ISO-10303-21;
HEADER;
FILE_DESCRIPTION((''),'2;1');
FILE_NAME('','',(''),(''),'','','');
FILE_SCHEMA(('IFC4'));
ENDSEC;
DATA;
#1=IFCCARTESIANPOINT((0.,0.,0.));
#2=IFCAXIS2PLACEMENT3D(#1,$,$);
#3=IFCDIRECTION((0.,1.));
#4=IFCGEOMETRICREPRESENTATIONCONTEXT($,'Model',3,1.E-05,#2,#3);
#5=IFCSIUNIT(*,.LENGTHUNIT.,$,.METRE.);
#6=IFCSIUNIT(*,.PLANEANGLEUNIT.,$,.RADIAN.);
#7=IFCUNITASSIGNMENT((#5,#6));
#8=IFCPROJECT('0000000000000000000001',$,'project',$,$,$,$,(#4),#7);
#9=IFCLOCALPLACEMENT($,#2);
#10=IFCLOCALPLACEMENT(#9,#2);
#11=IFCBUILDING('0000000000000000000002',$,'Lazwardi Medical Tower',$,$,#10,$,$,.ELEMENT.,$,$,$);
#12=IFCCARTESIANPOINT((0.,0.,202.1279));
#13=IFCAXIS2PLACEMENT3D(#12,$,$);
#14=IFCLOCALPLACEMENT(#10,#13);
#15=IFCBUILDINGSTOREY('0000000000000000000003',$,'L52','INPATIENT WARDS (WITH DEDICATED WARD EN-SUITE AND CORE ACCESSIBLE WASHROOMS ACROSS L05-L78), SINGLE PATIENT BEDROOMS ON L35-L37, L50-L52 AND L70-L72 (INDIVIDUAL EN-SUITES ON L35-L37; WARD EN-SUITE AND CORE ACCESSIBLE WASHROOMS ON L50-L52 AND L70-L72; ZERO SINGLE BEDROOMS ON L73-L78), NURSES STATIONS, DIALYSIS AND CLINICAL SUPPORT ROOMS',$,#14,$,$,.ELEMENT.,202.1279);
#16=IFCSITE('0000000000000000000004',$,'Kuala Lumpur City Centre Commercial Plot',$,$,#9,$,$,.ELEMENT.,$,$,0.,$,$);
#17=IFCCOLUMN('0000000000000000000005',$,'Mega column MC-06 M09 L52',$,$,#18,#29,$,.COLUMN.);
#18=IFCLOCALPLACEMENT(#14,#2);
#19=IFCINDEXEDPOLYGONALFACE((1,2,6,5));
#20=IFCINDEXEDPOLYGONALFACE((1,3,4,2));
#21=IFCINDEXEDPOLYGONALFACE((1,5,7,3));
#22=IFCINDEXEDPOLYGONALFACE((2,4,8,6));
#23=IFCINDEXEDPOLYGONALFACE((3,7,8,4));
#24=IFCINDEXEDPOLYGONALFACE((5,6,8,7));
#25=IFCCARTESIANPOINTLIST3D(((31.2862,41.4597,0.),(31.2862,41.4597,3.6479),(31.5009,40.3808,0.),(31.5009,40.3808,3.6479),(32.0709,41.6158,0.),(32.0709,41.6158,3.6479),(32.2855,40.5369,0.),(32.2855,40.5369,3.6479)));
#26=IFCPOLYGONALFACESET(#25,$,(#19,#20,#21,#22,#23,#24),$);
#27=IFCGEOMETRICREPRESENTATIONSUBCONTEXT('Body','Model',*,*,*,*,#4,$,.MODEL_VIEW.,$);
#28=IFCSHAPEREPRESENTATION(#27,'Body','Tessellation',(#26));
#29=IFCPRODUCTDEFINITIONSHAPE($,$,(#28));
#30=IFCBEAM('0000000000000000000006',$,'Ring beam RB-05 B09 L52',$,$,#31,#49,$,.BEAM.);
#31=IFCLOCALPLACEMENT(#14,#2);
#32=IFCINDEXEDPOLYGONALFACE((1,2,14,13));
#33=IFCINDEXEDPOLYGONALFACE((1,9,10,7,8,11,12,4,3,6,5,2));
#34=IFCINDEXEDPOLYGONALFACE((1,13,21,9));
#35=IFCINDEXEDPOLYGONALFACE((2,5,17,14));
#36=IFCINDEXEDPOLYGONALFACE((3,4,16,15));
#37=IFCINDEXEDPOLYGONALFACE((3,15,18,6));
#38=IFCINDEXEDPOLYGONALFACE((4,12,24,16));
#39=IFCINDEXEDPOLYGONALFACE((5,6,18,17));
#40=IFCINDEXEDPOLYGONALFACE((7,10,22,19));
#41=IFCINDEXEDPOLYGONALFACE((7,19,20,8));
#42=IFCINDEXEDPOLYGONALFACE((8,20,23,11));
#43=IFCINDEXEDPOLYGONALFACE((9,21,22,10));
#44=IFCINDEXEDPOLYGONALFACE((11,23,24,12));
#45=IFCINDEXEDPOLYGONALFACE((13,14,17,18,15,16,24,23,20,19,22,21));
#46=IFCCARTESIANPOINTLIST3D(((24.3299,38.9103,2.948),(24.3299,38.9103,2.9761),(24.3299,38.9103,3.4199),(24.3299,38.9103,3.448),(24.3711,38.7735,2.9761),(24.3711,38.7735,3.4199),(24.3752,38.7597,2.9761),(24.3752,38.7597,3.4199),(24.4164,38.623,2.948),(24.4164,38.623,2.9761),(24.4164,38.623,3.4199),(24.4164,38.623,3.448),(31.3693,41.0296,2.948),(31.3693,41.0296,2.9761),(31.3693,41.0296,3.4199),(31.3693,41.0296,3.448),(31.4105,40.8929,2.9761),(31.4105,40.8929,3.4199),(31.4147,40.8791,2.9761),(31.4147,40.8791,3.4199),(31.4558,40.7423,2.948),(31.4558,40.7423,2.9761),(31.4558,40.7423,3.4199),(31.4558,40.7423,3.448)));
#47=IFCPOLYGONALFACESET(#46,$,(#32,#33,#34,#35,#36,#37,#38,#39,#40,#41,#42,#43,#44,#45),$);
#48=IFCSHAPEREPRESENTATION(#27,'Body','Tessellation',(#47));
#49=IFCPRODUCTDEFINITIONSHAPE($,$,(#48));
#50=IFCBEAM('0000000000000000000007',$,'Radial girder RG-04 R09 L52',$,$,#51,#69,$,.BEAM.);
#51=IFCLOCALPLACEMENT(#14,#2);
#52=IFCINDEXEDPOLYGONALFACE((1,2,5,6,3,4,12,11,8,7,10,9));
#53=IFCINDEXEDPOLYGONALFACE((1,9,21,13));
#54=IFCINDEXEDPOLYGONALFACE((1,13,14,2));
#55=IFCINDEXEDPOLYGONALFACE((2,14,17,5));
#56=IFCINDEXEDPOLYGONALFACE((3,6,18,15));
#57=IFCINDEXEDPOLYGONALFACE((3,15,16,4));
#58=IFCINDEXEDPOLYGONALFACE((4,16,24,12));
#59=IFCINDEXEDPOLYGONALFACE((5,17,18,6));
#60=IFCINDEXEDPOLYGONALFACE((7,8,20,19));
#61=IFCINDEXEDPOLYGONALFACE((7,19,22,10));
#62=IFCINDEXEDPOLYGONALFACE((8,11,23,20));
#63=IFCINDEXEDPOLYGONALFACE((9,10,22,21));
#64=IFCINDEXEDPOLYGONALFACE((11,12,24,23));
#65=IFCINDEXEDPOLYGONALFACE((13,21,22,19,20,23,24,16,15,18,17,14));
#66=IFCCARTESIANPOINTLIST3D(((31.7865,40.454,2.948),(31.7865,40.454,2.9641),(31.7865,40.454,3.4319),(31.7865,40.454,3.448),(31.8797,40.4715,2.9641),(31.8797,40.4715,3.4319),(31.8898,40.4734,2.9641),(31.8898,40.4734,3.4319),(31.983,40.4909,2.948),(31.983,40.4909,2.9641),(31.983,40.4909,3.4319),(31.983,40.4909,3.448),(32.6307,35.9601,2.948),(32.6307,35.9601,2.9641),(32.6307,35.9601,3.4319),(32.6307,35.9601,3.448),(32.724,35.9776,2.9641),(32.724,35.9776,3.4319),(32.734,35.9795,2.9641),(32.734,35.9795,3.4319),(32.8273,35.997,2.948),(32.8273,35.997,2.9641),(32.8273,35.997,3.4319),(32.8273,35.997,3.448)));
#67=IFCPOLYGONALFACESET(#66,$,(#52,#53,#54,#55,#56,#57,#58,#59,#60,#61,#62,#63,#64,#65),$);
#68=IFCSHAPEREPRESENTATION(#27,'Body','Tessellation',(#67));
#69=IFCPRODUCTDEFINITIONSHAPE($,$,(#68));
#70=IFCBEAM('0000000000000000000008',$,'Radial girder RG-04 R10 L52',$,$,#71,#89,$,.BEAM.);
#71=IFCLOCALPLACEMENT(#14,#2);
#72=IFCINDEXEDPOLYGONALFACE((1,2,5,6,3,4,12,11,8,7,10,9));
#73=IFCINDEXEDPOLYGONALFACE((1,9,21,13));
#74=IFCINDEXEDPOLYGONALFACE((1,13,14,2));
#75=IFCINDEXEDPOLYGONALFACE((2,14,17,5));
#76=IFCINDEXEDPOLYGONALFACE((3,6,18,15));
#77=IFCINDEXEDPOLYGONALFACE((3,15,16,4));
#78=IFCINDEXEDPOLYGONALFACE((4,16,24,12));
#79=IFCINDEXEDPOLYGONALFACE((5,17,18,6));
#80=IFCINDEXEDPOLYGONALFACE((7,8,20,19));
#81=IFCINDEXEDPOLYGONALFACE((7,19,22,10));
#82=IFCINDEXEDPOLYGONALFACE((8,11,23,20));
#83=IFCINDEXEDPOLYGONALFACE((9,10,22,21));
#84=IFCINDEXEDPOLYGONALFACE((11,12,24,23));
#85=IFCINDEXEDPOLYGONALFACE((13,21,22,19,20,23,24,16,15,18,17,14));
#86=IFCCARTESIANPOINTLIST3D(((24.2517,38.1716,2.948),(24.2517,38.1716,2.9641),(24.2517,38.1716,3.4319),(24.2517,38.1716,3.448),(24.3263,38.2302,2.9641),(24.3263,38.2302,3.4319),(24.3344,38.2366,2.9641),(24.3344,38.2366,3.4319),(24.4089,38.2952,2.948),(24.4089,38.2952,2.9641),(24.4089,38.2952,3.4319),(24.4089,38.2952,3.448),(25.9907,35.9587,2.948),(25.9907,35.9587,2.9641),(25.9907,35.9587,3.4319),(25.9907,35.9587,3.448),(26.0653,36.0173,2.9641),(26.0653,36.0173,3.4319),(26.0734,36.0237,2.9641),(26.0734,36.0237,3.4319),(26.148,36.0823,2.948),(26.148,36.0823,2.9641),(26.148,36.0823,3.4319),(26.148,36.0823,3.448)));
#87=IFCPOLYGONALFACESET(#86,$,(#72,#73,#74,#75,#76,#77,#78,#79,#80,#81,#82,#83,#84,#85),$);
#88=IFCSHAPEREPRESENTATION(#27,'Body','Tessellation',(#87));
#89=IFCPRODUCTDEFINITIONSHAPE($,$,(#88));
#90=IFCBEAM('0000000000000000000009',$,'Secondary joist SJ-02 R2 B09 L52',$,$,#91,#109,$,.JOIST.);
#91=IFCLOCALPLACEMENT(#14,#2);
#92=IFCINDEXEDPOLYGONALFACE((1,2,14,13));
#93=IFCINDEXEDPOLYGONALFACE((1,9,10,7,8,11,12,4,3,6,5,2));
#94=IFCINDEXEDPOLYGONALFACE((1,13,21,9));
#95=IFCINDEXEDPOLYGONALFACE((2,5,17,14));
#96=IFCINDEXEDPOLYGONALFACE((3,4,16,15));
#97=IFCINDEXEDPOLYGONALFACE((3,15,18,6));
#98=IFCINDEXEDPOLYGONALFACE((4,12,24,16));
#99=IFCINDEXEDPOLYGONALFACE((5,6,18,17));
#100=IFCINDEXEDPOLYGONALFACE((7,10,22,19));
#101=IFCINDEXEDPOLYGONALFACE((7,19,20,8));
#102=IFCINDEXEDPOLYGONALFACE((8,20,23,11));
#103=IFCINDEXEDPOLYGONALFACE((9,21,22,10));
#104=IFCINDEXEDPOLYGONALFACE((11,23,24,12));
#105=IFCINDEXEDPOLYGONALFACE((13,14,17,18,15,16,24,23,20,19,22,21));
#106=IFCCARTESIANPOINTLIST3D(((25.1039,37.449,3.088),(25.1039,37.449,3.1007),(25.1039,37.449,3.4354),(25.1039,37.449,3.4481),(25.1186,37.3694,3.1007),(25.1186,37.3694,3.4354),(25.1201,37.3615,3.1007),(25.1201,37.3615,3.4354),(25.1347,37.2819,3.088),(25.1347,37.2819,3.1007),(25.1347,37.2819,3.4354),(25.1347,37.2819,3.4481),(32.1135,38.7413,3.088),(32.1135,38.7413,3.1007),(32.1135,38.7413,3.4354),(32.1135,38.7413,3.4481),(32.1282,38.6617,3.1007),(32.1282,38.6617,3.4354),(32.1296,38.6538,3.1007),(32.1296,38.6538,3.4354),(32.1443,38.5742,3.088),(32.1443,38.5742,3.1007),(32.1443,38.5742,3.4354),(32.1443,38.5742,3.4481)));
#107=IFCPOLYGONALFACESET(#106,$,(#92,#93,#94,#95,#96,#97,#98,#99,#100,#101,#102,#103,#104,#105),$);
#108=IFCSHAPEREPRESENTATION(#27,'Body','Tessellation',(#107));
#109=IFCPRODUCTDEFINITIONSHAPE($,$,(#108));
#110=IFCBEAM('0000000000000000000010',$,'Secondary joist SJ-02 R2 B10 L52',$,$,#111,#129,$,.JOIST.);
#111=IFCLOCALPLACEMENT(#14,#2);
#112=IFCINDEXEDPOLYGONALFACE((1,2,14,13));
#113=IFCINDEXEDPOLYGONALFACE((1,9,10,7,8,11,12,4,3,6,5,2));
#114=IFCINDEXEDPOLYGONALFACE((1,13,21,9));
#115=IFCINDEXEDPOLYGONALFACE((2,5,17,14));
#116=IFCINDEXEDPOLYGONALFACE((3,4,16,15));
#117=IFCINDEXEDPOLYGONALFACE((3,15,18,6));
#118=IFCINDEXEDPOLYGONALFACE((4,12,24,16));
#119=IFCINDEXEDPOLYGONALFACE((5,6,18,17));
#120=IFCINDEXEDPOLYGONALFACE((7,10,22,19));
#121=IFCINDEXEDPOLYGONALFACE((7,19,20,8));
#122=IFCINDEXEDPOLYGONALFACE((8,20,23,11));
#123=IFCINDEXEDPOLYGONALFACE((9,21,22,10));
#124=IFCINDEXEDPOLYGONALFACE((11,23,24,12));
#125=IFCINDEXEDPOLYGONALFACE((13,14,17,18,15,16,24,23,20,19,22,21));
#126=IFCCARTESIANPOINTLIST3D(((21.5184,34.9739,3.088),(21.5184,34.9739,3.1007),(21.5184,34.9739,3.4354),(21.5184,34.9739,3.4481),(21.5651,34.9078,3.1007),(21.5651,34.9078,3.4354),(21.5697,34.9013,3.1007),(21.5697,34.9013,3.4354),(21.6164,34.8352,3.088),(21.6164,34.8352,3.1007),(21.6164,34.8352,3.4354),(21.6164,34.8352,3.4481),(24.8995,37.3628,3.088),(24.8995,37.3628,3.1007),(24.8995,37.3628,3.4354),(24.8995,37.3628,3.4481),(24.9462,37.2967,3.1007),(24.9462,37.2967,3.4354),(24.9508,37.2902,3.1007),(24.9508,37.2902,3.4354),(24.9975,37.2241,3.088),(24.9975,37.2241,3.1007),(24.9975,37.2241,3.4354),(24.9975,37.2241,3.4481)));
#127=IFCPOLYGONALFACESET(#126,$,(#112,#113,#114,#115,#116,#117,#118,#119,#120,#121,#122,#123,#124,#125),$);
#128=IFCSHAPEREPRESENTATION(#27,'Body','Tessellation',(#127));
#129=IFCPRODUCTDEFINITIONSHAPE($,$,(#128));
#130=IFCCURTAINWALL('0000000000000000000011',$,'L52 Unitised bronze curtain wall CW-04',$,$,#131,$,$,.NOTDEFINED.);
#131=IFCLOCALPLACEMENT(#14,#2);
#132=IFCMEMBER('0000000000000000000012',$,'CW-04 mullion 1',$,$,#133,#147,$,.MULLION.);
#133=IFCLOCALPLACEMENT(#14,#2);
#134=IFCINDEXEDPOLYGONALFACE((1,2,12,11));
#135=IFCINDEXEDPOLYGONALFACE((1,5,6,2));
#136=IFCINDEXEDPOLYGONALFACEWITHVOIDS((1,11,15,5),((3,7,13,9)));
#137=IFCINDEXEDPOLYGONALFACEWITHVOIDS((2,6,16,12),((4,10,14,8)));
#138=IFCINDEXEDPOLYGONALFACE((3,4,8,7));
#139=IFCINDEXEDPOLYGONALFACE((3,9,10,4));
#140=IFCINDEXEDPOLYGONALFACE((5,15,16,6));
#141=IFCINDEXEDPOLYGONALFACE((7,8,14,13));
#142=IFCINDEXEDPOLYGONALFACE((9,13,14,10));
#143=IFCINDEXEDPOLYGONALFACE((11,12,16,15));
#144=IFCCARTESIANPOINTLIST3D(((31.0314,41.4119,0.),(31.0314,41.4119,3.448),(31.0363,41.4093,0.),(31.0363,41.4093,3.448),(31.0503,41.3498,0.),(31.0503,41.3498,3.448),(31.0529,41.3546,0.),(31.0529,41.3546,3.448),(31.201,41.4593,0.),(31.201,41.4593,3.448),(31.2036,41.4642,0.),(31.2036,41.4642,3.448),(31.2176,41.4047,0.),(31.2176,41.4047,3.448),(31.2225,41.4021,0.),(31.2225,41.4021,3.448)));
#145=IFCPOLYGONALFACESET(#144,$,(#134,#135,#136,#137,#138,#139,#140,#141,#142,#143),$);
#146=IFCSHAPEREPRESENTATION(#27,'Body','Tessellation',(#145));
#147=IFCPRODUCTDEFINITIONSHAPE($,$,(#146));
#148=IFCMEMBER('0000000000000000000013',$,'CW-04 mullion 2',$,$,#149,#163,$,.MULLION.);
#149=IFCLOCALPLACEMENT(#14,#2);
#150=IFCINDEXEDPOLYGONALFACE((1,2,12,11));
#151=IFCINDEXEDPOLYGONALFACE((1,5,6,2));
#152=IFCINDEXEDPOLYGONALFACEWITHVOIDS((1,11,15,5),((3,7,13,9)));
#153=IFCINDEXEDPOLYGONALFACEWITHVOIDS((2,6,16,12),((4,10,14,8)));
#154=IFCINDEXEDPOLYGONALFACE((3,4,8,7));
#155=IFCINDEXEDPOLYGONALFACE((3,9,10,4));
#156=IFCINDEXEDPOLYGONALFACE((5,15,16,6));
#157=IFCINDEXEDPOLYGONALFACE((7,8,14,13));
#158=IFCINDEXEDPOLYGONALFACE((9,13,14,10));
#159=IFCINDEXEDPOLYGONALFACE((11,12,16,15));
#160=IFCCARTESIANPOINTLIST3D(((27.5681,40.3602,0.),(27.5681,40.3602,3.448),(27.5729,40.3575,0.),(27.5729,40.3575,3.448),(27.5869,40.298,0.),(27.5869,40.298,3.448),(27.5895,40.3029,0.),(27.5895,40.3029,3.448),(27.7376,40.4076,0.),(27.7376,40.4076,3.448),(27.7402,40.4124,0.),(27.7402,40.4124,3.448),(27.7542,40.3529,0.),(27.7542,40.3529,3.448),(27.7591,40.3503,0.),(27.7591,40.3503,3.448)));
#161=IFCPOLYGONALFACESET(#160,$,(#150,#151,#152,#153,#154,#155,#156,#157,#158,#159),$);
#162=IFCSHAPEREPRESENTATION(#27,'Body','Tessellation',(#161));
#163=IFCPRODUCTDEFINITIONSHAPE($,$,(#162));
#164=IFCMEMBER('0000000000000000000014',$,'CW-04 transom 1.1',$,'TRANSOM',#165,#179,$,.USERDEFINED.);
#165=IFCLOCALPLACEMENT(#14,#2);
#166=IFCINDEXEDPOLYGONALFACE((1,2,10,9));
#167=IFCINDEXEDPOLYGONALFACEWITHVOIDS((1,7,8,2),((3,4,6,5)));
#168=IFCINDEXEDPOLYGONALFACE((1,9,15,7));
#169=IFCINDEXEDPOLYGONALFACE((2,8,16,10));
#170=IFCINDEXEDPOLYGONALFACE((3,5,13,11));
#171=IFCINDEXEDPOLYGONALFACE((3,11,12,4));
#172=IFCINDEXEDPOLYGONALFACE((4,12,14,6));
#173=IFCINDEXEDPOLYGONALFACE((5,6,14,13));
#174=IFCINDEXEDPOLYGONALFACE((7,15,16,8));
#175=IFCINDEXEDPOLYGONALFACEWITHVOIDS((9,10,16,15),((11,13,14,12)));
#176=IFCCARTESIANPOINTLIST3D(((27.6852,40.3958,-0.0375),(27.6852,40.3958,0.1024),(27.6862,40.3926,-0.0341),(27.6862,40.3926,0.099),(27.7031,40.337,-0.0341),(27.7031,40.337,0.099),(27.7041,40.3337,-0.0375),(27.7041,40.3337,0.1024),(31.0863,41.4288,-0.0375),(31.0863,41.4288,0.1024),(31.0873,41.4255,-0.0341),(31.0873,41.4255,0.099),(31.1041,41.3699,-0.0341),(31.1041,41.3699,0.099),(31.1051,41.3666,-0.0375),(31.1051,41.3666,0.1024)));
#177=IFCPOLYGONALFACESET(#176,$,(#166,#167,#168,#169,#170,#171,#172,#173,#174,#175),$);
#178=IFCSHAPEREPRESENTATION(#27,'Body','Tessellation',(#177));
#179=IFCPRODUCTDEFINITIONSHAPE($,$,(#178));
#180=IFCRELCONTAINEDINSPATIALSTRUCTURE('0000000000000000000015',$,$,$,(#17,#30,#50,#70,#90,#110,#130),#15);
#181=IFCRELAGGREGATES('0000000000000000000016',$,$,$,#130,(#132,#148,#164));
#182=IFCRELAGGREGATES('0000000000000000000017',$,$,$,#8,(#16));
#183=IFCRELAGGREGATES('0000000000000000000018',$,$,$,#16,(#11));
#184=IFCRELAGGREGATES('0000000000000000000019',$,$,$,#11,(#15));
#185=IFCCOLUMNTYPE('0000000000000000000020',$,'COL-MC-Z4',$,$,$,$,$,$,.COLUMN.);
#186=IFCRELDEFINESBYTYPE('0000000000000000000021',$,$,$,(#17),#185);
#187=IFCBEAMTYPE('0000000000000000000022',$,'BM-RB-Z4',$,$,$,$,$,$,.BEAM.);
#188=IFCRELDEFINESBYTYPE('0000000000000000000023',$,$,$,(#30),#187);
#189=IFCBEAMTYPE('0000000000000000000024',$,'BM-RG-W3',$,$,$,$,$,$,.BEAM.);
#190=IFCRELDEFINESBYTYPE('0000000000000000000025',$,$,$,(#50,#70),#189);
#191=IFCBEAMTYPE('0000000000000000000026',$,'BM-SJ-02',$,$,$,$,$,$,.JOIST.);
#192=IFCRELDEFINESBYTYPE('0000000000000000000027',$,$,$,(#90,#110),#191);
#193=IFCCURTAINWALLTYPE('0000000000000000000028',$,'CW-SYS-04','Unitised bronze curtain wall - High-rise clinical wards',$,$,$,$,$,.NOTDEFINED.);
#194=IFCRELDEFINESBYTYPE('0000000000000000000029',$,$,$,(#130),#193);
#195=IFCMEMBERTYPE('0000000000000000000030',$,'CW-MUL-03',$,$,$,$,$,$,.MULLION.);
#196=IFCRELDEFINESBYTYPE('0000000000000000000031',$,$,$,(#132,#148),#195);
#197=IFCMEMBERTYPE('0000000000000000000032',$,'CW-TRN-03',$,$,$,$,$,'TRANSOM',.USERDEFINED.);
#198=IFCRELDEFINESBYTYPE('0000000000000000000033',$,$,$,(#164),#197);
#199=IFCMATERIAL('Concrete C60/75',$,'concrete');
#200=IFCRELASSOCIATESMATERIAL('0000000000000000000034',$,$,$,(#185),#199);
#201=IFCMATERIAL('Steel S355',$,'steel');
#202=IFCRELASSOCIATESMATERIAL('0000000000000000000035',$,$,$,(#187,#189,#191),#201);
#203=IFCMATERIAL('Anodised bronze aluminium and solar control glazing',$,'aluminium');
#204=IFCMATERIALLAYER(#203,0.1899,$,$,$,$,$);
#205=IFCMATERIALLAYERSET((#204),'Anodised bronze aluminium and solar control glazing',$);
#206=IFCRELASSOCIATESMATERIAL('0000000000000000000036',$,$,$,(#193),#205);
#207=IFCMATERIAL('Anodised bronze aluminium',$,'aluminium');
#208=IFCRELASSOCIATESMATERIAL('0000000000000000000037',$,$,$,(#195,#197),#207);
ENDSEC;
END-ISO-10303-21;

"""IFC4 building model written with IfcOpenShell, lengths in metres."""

from ifc_helpers import new_model, si_unit, direction, frame, origin, origin_2d, place, context, subcontext, project, spatial, rectangle, hollow_rectangle, i_section, extrude, material, layer, layer_set, material_profile, profile_set, type_object, element, aggregate, save


model = new_model("IFC4")

# Units and contexts
model_context = context("Model", 3, precision=1e-05, world=origin(), true_north=direction((0.0, 1.0)))
body_context = subcontext(model_context, "Body", "Model", "MODEL_VIEW")
ifc_project = project(units=[si_unit("LENGTHUNIT", "METRE"), si_unit("PLANEANGLEUNIT", "RADIAN")], contexts=[model_context])

# Site, building, storey
site_placement = place(None, origin())
site = spatial("IfcSite", under=ifc_project, at=site_placement, Name="Kuala Lumpur City Centre Commercial Plot", CompositionType="ELEMENT", RefElevation=0.0)
building_placement = place(site_placement, origin())
building = spatial("IfcBuilding", under=site, at=building_placement, Name="Lazwardi Medical Tower", CompositionType="ELEMENT")
storey_placement = place(building_placement, frame((0.0, 0.0, 202.1279)))
storey = spatial("IfcBuildingStorey", under=building, at=storey_placement, Name="L52", Description="INPATIENT WARDS (WITH DEDICATED WARD EN-SUITE AND CORE ACCESSIBLE WASHROOMS ACROSS L05-L78), SINGLE PATIENT BEDROOMS ON L35-L37, L50-L52 AND L70-L72 (INDIVIDUAL EN-SUITES ON L35-L37; WARD EN-SUITE AND CORE ACCESSIBLE WASHROOMS ON L50-L52 AND L70-L72; ZERO SINGLE BEDROOMS ON L73-L78), NURSES STATIONS, DIALYSIS AND CLINICAL SUPPORT ROOMS", CompositionType="ELEMENT", Elevation=202.1279)

# Column
ifc_material_1 = material(Name="Concrete C60/75", Category="concrete")
ifc_material_profile_1 = material_profile(ifc_material_1, rectangle(XDim=1.1001, YDim=0.8, at=origin_2d()), Name="CFT-RECT 1100x800")
ifc_profile_set_1 = profile_set([ifc_material_profile_1], Name="Concrete C60/75")
column_type = type_object("IfcColumnType", Name="COL-MC-Z4", PredefinedType="COLUMN", material=ifc_profile_set_1)
column_placement = place(storey_placement, frame((31.7859, 40.9983, 0.0), z_axis=(0.0, 0.0, 1.0), x_axis=(-0.19509, 0.980785, 0.0)))
element("IfcColumn", 1, at=column_placement, inside=storey, type_object=column_type, Name="Mega column MC-06 M09 L52", PredefinedType="COLUMN", context=body_context, shape_type="SweptSolid", body=[
    extrude(rectangle(XDim=1.1001, YDim=0.8, at=origin_2d()), origin(), (0.0, 0.0, 1.0), 3.6479),
])

# Beams
ifc_material_2 = material(Name="Steel S355", Category="steel")
ifc_material_profile_2 = material_profile(ifc_material_2, i_section(OverallWidth=0.3, OverallDepth=0.5, WebThickness=0.0144, FlangeThickness=0.0281, at=origin_2d()), Name="HEB 500")
ifc_profile_set_2 = profile_set([ifc_material_profile_2], Name="Steel S355")
beam_type_1 = type_object("IfcBeamType", Name="BM-RB-Z4", PredefinedType="BEAM", material=ifc_profile_set_2)
beam_1_placement = place(storey_placement, frame((31.4126, 40.886, 3.198), z_axis=(-0.957544, -0.288286, 0.0), x_axis=(0.288286, -0.957544, 0.0)))
element("IfcBeam", 2, at=beam_1_placement, inside=storey, type_object=beam_type_1, Name="Ring beam RB-05 B09 L52", PredefinedType="BEAM", context=body_context, shape_type="SweptSolid", body=[
    extrude(i_section(OverallWidth=0.3, OverallDepth=0.5, WebThickness=0.0144, FlangeThickness=0.0281, at=origin_2d()), origin(), (0.0, 0.0, 1.0), 7.3516),
])
ifc_material_profile_3 = material_profile(ifc_material_2, i_section(OverallWidth=0.2, OverallDepth=0.5, WebThickness=0.0103, FlangeThickness=0.0161, at=origin_2d()), Name="IPE 500")
ifc_profile_set_3 = profile_set([ifc_material_profile_3], Name="Steel S355")
beam_type_2 = type_object("IfcBeamType", Name="BM-RG-W3", PredefinedType="BEAM", material=ifc_profile_set_3)
beam_2_placement = place(storey_placement, frame((31.8848, 40.4724, 3.198), z_axis=(0.184633, -0.982807, 0.0), x_axis=(0.982807, 0.184633, 0.0)))
element("IfcBeam", 3, at=beam_2_placement, inside=storey, type_object=beam_type_2, Name="Radial girder RG-04 R09 L52", PredefinedType="BEAM", context=body_context, shape_type="SweptSolid", body=[
    extrude(i_section(OverallWidth=0.2, OverallDepth=0.5, WebThickness=0.0103, FlangeThickness=0.0161, at=origin_2d()), origin(), (0.0, 0.0, 1.0), 4.5725),
])
beam_3_placement = place(storey_placement, frame((24.3303, 38.2334, 3.198), z_axis=(0.617891, -0.786264, 0.0), x_axis=(0.786264, 0.617891, 0.0)))
element("IfcBeam", 4, at=beam_3_placement, inside=storey, type_object=beam_type_2, Name="Radial girder RG-04 R10 L52", PredefinedType="BEAM", context=body_context, shape_type="SweptSolid", body=[
    extrude(i_section(OverallWidth=0.2, OverallDepth=0.5, WebThickness=0.0103, FlangeThickness=0.0161, at=origin_2d()), origin(), (0.0, 0.0, 1.0), 2.8145),
])
ifc_material_profile_4 = material_profile(ifc_material_2, i_section(OverallWidth=0.1699, OverallDepth=0.3601, WebThickness=0.0081, FlangeThickness=0.0127, at=origin_2d()), Name="IPE 360")
ifc_profile_set_4 = profile_set([ifc_material_profile_4], Name="Steel S355")
beam_type_3 = type_object("IfcBeamType", Name="BM-SJ-02", PredefinedType="JOIST", material=ifc_profile_set_4)
beam_4_placement = place(storey_placement, frame((32.1289, 38.6577, 3.2681), z_axis=(-0.983428, -0.181299, 0.0), x_axis=(0.181299, -0.983428, 0.0)))
element("IfcBeam", 5, at=beam_4_placement, inside=storey, type_object=beam_type_3, Name="Secondary joist SJ-02 R2 B09 L52", PredefinedType="JOIST", context=body_context, shape_type="SweptSolid", body=[
    extrude(i_section(OverallWidth=0.1699, OverallDepth=0.3601, WebThickness=0.0081, FlangeThickness=0.0127, at=origin_2d()), origin(), (0.0, 0.0, 1.0), 7.1277),
])
beam_5_placement = place(storey_placement, frame((24.9485, 37.2935, 3.2681), z_axis=(-0.816711, -0.577047, 0.0), x_axis=(0.577047, -0.816711, 0.0)))
element("IfcBeam", 6, at=beam_5_placement, inside=storey, type_object=beam_type_3, Name="Secondary joist SJ-02 R2 B10 L52", PredefinedType="JOIST", context=body_context, shape_type="SweptSolid", body=[
    extrude(i_section(OverallWidth=0.1699, OverallDepth=0.3601, WebThickness=0.0081, FlangeThickness=0.0127, at=origin_2d()), origin(), (0.0, 0.0, 1.0), 4.1399),
])

# Curtain wall, members
ifc_material_3 = material(Name="Anodised bronze aluminium and solar control glazing", Category="aluminium")
ifc_layer_1 = layer(ifc_material_3, 0.1899)
ifc_layer_set_1 = layer_set([ifc_layer_1], Name="Anodised bronze aluminium and solar control glazing")
curtain_wall_type = type_object("IfcCurtainWallType", Name="CW-SYS-04", Description="Unitised bronze curtain wall - High-rise clinical wards", PredefinedType="NOTDEFINED", material=ifc_layer_set_1)
curtain_wall_placement = place(storey_placement, origin())
curtain_wall = element("IfcCurtainWall", 7, at=curtain_wall_placement, inside=storey, type_object=curtain_wall_type, Name="L52 Unitised bronze curtain wall CW-04", PredefinedType="NOTDEFINED")
ifc_material_4 = material(Name="Anodised bronze aluminium", Category="aluminium")
ifc_material_profile_5 = material_profile(ifc_material_4, hollow_rectangle(XDim=0.0649, YDim=0.1799, WallThickness=0.0039, at=origin_2d()), Name="ALU-MULLION 180x65x4")
ifc_profile_set_5 = profile_set([ifc_material_profile_5], Name="Anodised bronze aluminium")
member_type_1 = type_object("IfcMemberType", Name="CW-MUL-03", PredefinedType="MULLION", material=ifc_profile_set_5)
member_1_placement = place(storey_placement, frame((31.127, 41.407, 0.0), z_axis=(0.0, 0.0, 1.0), x_axis=(0.290582, -0.95685, 0.0)))
member_1 = element("IfcMember", 8, at=member_1_placement, type_object=member_type_1, Name="CW-04 mullion 1", PredefinedType="MULLION", context=body_context, shape_type="SweptSolid", body=[
    extrude(hollow_rectangle(XDim=0.0649, YDim=0.1799, WallThickness=0.0039, at=origin_2d()), origin(), (0.0, 0.0, 1.0), 3.448),
])
member_2_placement = place(storey_placement, frame((27.6636, 40.3552, 0.0), z_axis=(0.0, 0.0, 1.0), x_axis=(0.290582, -0.95685, 0.0)))
member_2 = element("IfcMember", 9, at=member_2_placement, type_object=member_type_1, Name="CW-04 mullion 2", PredefinedType="MULLION", context=body_context, shape_type="SweptSolid", body=[
    extrude(hollow_rectangle(XDim=0.0649, YDim=0.1799, WallThickness=0.0039, at=origin_2d()), origin(), (0.0, 0.0, 1.0), 3.448),
])
ifc_material_profile_6 = material_profile(ifc_material_4, hollow_rectangle(XDim=0.0649, YDim=0.1399, WallThickness=0.0034, at=origin_2d()), Name="ALU-TRANSOM 140x65x3.5")
ifc_profile_set_6 = profile_set([ifc_material_profile_6], Name="Anodised bronze aluminium")
member_type_2 = type_object("IfcMemberType", Name="CW-TRN-03", ElementType="TRANSOM", PredefinedType="USERDEFINED", material=ifc_profile_set_6)
member_3_placement = place(storey_placement, frame((31.0957, 41.3977, 0.0325), z_axis=(-0.956843, -0.290604, 0.0), x_axis=(0.290604, -0.956843, 0.0)))
member_3 = element("IfcMember", 10, at=member_3_placement, type_object=member_type_2, Name="CW-04 transom 1.1", ObjectType="TRANSOM", PredefinedType="USERDEFINED", context=body_context, shape_type="SweptSolid", body=[
    extrude(hollow_rectangle(XDim=0.0649, YDim=0.1399, WallThickness=0.0034, at=origin_2d()), origin(), (0.0, 0.0, 1.0), 3.5544),
])
aggregate(curtain_wall, [member_1, member_2, member_3])

save(model, "model.ifc")
